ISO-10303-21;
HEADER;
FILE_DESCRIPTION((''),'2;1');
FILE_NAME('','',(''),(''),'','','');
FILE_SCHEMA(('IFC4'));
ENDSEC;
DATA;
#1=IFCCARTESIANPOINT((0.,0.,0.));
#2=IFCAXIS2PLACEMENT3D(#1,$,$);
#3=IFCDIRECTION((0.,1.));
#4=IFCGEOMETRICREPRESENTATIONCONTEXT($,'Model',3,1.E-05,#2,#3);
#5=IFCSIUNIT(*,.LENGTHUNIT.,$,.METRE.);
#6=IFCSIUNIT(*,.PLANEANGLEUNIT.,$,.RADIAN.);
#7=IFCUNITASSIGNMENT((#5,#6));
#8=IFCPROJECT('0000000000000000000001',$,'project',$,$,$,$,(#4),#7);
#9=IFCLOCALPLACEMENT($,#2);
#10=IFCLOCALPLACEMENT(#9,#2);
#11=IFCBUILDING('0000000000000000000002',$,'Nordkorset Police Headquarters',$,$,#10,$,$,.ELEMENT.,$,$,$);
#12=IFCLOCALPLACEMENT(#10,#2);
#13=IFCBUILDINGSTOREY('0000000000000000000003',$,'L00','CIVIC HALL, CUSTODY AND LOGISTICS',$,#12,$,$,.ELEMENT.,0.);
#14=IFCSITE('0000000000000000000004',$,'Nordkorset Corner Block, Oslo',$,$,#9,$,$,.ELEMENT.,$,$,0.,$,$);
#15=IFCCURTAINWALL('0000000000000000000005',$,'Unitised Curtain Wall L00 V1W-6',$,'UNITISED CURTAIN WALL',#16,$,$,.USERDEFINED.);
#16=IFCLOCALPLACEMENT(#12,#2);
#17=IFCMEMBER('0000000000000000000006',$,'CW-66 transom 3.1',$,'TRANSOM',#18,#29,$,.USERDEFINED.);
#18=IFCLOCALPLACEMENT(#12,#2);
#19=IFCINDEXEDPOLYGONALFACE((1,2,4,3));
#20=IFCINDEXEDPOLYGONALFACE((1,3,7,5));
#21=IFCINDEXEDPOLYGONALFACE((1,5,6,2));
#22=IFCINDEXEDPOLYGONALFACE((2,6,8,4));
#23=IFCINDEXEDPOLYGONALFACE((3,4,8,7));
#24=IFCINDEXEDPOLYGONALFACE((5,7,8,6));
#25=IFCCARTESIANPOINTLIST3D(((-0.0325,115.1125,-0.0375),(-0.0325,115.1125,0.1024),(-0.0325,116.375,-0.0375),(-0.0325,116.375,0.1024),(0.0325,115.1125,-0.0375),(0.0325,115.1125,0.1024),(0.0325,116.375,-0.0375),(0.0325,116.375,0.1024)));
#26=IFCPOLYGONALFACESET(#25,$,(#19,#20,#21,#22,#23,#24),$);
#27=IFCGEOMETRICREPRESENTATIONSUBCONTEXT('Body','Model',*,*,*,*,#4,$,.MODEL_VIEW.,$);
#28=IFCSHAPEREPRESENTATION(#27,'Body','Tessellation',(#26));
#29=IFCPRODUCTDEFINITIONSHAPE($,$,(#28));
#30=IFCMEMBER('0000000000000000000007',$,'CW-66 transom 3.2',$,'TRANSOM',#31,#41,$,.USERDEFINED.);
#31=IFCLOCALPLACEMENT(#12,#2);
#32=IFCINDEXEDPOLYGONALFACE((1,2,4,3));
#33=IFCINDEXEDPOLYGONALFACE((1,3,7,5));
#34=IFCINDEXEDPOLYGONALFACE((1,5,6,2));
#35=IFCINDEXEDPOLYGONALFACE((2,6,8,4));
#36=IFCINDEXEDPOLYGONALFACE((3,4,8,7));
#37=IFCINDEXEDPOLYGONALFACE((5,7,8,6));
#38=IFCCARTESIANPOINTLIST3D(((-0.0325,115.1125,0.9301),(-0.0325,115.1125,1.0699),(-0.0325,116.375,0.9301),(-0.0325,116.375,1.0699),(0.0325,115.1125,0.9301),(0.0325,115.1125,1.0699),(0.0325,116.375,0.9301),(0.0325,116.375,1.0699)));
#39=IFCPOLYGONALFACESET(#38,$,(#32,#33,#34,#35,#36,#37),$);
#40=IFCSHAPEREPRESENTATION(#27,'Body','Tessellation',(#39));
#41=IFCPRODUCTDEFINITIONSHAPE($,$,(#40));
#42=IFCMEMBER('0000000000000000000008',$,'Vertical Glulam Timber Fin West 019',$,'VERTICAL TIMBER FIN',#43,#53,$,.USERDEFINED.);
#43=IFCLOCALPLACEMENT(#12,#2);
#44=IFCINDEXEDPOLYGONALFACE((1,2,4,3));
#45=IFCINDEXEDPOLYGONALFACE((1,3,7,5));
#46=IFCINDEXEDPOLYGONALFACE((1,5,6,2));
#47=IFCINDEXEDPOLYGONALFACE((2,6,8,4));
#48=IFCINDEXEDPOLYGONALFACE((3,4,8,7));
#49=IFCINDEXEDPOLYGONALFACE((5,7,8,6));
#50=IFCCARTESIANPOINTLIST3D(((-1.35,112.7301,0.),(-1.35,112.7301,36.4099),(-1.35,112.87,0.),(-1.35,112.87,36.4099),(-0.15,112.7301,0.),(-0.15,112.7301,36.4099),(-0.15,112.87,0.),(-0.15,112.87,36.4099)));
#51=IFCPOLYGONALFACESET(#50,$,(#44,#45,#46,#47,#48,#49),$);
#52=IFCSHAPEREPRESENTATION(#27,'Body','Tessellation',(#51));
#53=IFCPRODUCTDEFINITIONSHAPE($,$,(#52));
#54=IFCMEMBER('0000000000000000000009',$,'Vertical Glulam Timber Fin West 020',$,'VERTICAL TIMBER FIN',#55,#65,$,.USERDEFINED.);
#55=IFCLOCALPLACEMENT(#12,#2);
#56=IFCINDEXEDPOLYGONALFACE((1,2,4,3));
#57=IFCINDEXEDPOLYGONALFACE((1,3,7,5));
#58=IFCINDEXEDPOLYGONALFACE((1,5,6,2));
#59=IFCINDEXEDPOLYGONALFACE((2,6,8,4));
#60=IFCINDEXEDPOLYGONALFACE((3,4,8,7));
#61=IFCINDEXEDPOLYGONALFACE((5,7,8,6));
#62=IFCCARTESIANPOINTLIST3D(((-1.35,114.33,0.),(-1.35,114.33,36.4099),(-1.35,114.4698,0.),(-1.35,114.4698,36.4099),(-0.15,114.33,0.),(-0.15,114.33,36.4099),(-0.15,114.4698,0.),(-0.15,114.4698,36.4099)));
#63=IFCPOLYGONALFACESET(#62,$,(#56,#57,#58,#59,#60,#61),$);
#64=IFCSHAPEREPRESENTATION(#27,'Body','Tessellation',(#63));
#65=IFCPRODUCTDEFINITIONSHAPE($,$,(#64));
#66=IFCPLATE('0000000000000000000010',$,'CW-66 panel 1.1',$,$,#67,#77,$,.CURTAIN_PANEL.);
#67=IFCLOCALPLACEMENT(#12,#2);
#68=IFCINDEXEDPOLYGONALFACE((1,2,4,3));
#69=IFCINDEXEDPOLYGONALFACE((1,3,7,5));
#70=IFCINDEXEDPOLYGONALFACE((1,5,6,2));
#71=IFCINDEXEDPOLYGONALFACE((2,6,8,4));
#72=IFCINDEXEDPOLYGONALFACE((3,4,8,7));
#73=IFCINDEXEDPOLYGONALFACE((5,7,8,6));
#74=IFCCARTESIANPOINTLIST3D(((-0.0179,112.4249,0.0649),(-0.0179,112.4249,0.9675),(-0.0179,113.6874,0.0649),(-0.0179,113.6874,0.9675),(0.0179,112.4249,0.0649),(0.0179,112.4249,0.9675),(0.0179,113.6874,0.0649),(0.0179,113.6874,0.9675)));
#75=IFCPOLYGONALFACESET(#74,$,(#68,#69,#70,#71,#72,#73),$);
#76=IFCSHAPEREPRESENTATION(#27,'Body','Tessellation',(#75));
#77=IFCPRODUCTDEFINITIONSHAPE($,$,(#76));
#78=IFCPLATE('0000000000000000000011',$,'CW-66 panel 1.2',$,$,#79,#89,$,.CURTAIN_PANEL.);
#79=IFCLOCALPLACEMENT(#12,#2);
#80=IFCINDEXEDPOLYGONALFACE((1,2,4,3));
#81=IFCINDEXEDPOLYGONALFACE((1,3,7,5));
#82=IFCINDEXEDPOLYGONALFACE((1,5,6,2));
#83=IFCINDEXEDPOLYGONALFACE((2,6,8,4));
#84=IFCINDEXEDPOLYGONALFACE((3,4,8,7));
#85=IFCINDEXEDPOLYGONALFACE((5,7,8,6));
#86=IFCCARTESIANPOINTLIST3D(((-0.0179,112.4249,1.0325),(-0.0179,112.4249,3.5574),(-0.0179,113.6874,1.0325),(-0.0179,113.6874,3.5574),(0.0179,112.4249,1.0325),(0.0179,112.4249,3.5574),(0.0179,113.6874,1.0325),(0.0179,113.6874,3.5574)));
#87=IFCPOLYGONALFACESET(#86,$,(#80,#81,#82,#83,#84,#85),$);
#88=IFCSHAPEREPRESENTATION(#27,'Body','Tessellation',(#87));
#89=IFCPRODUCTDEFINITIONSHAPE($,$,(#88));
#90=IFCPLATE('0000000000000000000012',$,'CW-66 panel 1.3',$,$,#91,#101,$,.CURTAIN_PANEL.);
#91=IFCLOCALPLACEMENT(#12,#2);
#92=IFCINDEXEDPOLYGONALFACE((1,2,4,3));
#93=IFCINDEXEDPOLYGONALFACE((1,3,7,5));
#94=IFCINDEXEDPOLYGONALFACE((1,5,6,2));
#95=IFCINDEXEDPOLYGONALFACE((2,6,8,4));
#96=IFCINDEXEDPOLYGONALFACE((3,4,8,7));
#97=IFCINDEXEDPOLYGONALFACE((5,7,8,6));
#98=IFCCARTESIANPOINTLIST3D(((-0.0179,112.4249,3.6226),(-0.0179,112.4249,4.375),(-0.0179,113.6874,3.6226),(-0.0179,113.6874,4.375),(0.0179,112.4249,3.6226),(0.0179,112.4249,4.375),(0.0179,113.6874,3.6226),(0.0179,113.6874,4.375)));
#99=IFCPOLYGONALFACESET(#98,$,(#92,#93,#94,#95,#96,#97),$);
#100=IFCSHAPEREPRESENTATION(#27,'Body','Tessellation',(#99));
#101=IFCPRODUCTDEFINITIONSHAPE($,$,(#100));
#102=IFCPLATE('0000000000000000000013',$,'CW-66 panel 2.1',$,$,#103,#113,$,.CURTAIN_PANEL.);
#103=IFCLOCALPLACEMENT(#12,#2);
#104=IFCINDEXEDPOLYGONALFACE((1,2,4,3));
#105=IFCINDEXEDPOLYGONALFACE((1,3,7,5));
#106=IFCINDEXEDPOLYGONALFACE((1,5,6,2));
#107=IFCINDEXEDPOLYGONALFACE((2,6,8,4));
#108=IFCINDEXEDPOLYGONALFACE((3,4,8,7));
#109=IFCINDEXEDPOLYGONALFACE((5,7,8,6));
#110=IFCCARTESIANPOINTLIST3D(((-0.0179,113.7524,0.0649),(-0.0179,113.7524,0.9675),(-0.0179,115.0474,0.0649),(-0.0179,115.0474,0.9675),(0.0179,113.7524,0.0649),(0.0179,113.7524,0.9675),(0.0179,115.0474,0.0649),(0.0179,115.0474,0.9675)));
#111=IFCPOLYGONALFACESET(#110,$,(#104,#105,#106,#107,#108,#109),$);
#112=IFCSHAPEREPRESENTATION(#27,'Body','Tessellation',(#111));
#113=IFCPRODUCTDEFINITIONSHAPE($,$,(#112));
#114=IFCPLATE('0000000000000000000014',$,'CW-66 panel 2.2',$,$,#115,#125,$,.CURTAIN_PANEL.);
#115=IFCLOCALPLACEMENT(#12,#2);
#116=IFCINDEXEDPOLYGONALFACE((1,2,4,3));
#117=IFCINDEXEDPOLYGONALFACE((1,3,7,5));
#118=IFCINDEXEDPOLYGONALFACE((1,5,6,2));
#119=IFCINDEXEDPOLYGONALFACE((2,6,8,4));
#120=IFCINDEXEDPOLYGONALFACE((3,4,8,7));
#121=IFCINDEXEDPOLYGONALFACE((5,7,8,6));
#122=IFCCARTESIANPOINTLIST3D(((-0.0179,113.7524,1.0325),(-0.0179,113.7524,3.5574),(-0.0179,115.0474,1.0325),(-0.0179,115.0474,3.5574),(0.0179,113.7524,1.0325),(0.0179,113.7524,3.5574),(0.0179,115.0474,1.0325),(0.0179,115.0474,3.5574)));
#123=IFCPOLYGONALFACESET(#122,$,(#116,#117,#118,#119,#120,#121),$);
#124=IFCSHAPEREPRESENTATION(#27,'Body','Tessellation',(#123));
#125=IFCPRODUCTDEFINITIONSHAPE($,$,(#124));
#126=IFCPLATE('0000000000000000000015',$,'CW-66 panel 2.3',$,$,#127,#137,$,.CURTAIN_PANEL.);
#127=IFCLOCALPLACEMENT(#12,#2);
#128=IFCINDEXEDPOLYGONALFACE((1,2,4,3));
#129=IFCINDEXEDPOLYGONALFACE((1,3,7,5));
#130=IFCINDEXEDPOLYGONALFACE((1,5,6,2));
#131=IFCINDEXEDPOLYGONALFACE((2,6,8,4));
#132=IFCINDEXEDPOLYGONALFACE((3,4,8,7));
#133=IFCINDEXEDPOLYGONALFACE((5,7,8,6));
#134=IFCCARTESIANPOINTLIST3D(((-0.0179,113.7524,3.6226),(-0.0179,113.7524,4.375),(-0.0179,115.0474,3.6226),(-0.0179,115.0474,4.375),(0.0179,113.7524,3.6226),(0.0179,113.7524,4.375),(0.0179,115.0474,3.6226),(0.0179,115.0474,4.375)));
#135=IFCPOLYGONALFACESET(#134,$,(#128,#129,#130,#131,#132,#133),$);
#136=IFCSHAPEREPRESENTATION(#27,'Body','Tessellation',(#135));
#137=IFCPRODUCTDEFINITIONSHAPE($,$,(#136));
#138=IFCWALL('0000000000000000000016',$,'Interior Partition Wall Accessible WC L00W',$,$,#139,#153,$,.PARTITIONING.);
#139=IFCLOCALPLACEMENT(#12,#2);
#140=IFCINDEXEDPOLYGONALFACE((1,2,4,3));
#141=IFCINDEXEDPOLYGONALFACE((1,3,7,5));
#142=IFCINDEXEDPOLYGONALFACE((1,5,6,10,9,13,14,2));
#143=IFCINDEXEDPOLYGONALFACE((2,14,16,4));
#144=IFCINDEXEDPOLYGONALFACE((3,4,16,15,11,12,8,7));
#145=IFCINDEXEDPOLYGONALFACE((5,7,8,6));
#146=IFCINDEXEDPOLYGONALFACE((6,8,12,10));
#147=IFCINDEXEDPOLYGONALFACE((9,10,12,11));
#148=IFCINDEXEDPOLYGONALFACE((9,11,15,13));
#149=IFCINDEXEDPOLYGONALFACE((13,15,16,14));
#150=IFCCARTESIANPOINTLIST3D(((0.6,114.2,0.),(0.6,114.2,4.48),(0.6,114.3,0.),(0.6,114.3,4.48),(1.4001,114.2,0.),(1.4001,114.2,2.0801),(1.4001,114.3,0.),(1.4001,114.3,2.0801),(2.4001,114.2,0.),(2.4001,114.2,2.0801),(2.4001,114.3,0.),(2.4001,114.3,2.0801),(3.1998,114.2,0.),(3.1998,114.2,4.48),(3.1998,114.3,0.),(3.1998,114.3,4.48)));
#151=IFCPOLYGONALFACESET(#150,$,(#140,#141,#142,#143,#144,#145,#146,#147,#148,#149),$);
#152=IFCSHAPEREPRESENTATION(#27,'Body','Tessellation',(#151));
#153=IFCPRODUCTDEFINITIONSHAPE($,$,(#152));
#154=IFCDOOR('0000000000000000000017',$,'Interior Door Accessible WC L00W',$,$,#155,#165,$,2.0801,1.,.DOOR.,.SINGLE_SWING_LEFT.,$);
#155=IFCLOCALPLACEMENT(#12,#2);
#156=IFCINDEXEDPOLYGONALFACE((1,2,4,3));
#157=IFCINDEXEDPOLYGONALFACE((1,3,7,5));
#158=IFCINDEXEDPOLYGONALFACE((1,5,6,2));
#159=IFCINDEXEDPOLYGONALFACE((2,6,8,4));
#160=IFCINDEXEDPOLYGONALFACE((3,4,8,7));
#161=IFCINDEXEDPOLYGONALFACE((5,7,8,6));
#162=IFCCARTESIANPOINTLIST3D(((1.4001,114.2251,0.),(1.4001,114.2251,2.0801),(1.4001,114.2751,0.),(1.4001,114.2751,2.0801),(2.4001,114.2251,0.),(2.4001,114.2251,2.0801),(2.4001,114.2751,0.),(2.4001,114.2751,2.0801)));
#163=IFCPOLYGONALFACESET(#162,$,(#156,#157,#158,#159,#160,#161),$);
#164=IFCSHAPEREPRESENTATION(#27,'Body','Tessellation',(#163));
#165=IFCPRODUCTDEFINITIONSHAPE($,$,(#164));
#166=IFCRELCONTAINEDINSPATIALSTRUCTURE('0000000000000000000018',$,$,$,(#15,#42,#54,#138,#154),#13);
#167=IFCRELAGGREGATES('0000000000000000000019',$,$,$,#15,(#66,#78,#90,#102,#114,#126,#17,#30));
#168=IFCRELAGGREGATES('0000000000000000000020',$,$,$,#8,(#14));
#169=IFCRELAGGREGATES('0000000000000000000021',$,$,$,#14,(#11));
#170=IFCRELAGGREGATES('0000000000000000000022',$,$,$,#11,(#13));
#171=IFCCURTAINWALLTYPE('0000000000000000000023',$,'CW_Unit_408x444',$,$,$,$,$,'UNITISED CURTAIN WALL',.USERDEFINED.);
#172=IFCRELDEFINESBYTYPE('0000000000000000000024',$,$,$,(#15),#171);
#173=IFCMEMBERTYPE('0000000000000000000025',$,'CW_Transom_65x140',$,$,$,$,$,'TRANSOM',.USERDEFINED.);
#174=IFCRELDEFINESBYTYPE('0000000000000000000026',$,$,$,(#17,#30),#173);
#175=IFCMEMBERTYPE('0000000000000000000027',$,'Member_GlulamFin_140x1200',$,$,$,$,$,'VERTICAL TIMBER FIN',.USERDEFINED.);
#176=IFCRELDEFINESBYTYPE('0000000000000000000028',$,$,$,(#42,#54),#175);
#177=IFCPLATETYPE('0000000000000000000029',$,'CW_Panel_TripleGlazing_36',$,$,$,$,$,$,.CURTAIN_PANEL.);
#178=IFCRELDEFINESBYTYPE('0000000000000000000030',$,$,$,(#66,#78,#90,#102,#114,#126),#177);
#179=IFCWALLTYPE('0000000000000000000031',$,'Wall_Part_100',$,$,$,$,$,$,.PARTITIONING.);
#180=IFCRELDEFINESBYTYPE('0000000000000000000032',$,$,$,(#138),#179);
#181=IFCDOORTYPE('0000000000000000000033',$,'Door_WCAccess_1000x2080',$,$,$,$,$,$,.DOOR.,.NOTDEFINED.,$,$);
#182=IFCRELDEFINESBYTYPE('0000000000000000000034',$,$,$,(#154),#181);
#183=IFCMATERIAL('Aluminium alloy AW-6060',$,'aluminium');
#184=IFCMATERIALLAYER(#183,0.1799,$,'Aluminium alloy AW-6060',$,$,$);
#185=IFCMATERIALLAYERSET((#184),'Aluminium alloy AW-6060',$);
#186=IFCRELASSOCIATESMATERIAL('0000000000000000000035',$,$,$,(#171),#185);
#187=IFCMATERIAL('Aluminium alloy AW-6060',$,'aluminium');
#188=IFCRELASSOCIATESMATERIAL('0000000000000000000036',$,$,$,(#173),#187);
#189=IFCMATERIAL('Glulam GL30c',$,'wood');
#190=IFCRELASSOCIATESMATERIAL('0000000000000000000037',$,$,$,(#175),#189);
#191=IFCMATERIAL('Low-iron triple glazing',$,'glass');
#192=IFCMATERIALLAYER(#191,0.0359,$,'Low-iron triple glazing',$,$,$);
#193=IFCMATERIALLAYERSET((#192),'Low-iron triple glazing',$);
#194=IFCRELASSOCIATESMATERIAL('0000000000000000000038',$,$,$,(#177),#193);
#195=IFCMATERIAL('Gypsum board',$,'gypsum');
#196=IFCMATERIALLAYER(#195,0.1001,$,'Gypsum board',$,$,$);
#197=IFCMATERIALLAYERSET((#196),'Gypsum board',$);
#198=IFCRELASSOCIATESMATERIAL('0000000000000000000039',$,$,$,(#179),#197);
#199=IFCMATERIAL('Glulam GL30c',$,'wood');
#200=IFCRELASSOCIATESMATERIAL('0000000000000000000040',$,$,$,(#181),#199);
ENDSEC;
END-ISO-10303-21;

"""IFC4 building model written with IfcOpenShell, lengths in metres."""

from ifc_helpers import new_model, si_unit, direction, frame, frame_2d, origin, origin_2d, place, context, subcontext, project, spatial, rectangle, extrude, material, layer, layer_set, material_profile, profile_set, type_object, element, fill, aggregate, save


model = new_model("IFC4")

# Units and contexts
model_context = context("Model", 3, precision=1e-05, world=origin(), true_north=direction((0.0, 1.0)))
body_context = subcontext(model_context, "Body", "Model", "MODEL_VIEW")
ifc_project = project(units=[si_unit("LENGTHUNIT", "METRE"), si_unit("PLANEANGLEUNIT", "RADIAN")], contexts=[model_context])

# Site, building, storey
site_placement = place(None, origin())
site = spatial("IfcSite", under=ifc_project, at=site_placement, Name="Nordkorset Corner Block, Oslo", CompositionType="ELEMENT", RefElevation=0.0)
building_placement = place(site_placement, origin())
building = spatial("IfcBuilding", under=site, at=building_placement, Name="Nordkorset Police Headquarters", CompositionType="ELEMENT")
storey_placement = place(building_placement, origin())
storey = spatial("IfcBuildingStorey", under=building, at=storey_placement, Name="L00", Description="CIVIC HALL, CUSTODY AND LOGISTICS", CompositionType="ELEMENT", Elevation=0.0)

# Curtain wall, members
ifc_material_1 = material(Name="Aluminium alloy AW-6060", Category="aluminium")
ifc_layer_1 = layer(ifc_material_1, 0.1799, Name="Aluminium alloy AW-6060")
ifc_layer_set_1 = layer_set([ifc_layer_1], Name="Aluminium alloy AW-6060")
curtain_wall_type = type_object("IfcCurtainWallType", Name="CW_Unit_408x444", ElementType="UNITISED CURTAIN WALL", PredefinedType="USERDEFINED", material=ifc_layer_set_1)
curtain_wall_placement = place(storey_placement, origin())
curtain_wall = element("IfcCurtainWall", 1, at=curtain_wall_placement, inside=storey, type_object=curtain_wall_type, Name="Unitised Curtain Wall L00 V1W-6", ObjectType="UNITISED CURTAIN WALL", PredefinedType="USERDEFINED")
ifc_material_2 = material(Name="Aluminium alloy AW-6060", Category="aluminium")
ifc_material_profile_1 = material_profile(ifc_material_2, rectangle(XDim=0.0649, YDim=0.1399, at=origin_2d()), Name="ALU TRAN 65x140")
ifc_profile_set_1 = profile_set([ifc_material_profile_1], Name="Aluminium alloy AW-6060")
member_type_1 = type_object("IfcMemberType", Name="CW_Transom_65x140", ElementType="TRANSOM", PredefinedType="USERDEFINED", material=ifc_profile_set_1)
member_1_placement = place(storey_placement, frame((0.0, 115.1125, 0.0325), z_axis=(0.0, 1.0, 0.0), x_axis=(-1.0, 0.0, 0.0)))
member_1 = element("IfcMember", 2, at=member_1_placement, type_object=member_type_1, Name="CW-66 transom 3.1", ObjectType="TRANSOM", PredefinedType="USERDEFINED", context=body_context, shape_type="SweptSolid", body=[
    extrude(rectangle(XDim=0.0649, YDim=0.1399, at=origin_2d()), origin(), (0.0, 0.0, 1.0), 1.2625),
])
member_2_placement = place(storey_placement, frame((0.0, 115.1125, 1.0), z_axis=(0.0, 1.0, 0.0), x_axis=(-1.0, 0.0, 0.0)))
member_2 = element("IfcMember", 3, at=member_2_placement, type_object=member_type_1, Name="CW-66 transom 3.2", ObjectType="TRANSOM", PredefinedType="USERDEFINED", context=body_context, shape_type="SweptSolid", body=[
    extrude(rectangle(XDim=0.0649, YDim=0.1399, at=origin_2d()), origin(), (0.0, 0.0, 1.0), 1.2625),
])

# Members
ifc_material_3 = material(Name="Glulam GL30c", Category="wood")
ifc_material_profile_2 = material_profile(ifc_material_3, rectangle(XDim=0.1399, YDim=1.2, at=origin_2d()), Name="GL30C FIN 140x1200")
ifc_profile_set_2 = profile_set([ifc_material_profile_2], Name="Glulam GL30c")
member_type_2 = type_object("IfcMemberType", Name="Member_GlulamFin_140x1200", ElementType="VERTICAL TIMBER FIN", PredefinedType="USERDEFINED", material=ifc_profile_set_2)
for number, where, z_axis, x_axis, name in (
    (4, (-0.75, 112.8, 0.0), (0.0, 0.0, 1.0), (0.0, 1.0, 0.0), "Vertical Glulam Timber Fin West 019"),
    (5, (-0.75, 114.3999, 0.0), (0.0, 0.0, 1.0), (0.0, 1.0, 0.0), "Vertical Glulam Timber Fin West 020"),
):
    element("IfcMember", number, at=place(storey_placement, frame(where, z_axis=z_axis, x_axis=x_axis)), inside=storey, type_object=member_type_2, Name=name, ObjectType="VERTICAL TIMBER FIN", PredefinedType="USERDEFINED", context=body_context, shape_type="SweptSolid", body=[
        extrude(rectangle(XDim=0.1399, YDim=1.2, at=origin_2d()), origin(), (0.0, 0.0, 1.0), 36.4099),
    ])

# Plates
ifc_material_4 = material(Name="Low-iron triple glazing", Category="glass")
ifc_layer_2 = layer(ifc_material_4, 0.0359, Name="Low-iron triple glazing")
ifc_layer_set_2 = layer_set([ifc_layer_2], Name="Low-iron triple glazing")
plate_type = type_object("IfcPlateType", Name="CW_Panel_TripleGlazing_36", PredefinedType="CURTAIN_PANEL", material=ifc_layer_set_2)
plate_1_placement = place(storey_placement, frame((0.0, 113.0562, 0.0649), z_axis=(0.0, 0.0, 1.0), x_axis=(0.0, 1.0, 0.0)))
plate_1 = element("IfcPlate", 6, at=plate_1_placement, type_object=plate_type, Name="CW-66 panel 1.1", PredefinedType="CURTAIN_PANEL", context=body_context, shape_type="SweptSolid", body=[
    extrude(rectangle(XDim=1.2625, YDim=0.0359, at=origin_2d()), origin(), (0.0, 0.0, 1.0), 0.9026),
])
plate_2_placement = place(storey_placement, frame((0.0, 113.0562, 1.0325), z_axis=(0.0, 0.0, 1.0), x_axis=(0.0, 1.0, 0.0)))
plate_2 = element("IfcPlate", 7, at=plate_2_placement, type_object=plate_type, Name="CW-66 panel 1.2", PredefinedType="CURTAIN_PANEL", context=body_context, shape_type="SweptSolid", body=[
    extrude(rectangle(XDim=1.2625, YDim=0.0359, at=origin_2d()), origin(), (0.0, 0.0, 1.0), 2.5249),
])
plate_3_placement = place(storey_placement, frame((0.0, 113.0562, 3.6226), z_axis=(0.0, 0.0, 1.0), x_axis=(0.0, 1.0, 0.0)))
plate_3 = element("IfcPlate", 8, at=plate_3_placement, type_object=plate_type, Name="CW-66 panel 1.3", PredefinedType="CURTAIN_PANEL", context=body_context, shape_type="SweptSolid", body=[
    extrude(rectangle(XDim=1.2625, YDim=0.0359, at=origin_2d()), origin(), (0.0, 0.0, 1.0), 0.7524),
])
plate_4_placement = place(storey_placement, frame((0.0, 114.3999, 0.0649), z_axis=(0.0, 0.0, 1.0), x_axis=(0.0, 1.0, 0.0)))
plate_4 = element("IfcPlate", 9, at=plate_4_placement, type_object=plate_type, Name="CW-66 panel 2.1", PredefinedType="CURTAIN_PANEL", context=body_context, shape_type="SweptSolid", body=[
    extrude(rectangle(XDim=1.2949, YDim=0.0359, at=origin_2d()), origin(), (0.0, 0.0, 1.0), 0.9026),
])
plate_5_placement = place(storey_placement, frame((0.0, 114.3999, 1.0325), z_axis=(0.0, 0.0, 1.0), x_axis=(0.0, 1.0, 0.0)))
plate_5 = element("IfcPlate", 10, at=plate_5_placement, type_object=plate_type, Name="CW-66 panel 2.2", PredefinedType="CURTAIN_PANEL", context=body_context, shape_type="SweptSolid", body=[
    extrude(rectangle(XDim=1.2949, YDim=0.0359, at=origin_2d()), origin(), (0.0, 0.0, 1.0), 2.5249),
])
plate_6_placement = place(storey_placement, frame((0.0, 114.3999, 3.6226), z_axis=(0.0, 0.0, 1.0), x_axis=(0.0, 1.0, 0.0)))
plate_6 = element("IfcPlate", 11, at=plate_6_placement, type_object=plate_type, Name="CW-66 panel 2.3", PredefinedType="CURTAIN_PANEL", context=body_context, shape_type="SweptSolid", body=[
    extrude(rectangle(XDim=1.2949, YDim=0.0359, at=origin_2d()), origin(), (0.0, 0.0, 1.0), 0.7524),
])
aggregate(curtain_wall, [plate_1, plate_2, plate_3, plate_4, plate_5, plate_6, member_1, member_2])

# Wall, opening, door
ifc_material_5 = material(Name="Gypsum board", Category="gypsum")
ifc_layer_3 = layer(ifc_material_5, 0.1001, Name="Gypsum board")
ifc_layer_set_3 = layer_set([ifc_layer_3], Name="Gypsum board")
wall_type = type_object("IfcWallType", Name="Wall_Part_100", PredefinedType="PARTITIONING", material=ifc_layer_set_3)
wall_placement = place(storey_placement, frame((0.6001, 114.25, 0.0), z_axis=(0.0, 0.0, 1.0), x_axis=(1.0, 0.0, 0.0)))
wall = element("IfcWall", 12, at=wall_placement, inside=storey, type_object=wall_type, Name="Interior Partition Wall Accessible WC L00W", PredefinedType="PARTITIONING", context=body_context, shape_type="SweptSolid", body=[
    extrude(rectangle(XDim=2.5999, YDim=0.1001, at=frame_2d((1.2998, 0.0))), origin(), (0.0, 0.0, 1.0), 4.48),
])
opening_placement = place(wall_placement, frame((0.8, 0.0, 0.0)))
opening = element("IfcOpeningElement", 13, at=opening_placement, cuts=wall, PredefinedType="OPENING", context=body_context, shape_type="SweptSolid", body=[
    extrude(rectangle(XDim=1.0, YDim=2.0801, at=frame_2d((0.5, 1.04))), frame((0.0, 0.0601, 0.0), z_axis=(0.0, -1.0, 0.0), x_axis=(1.0, 0.0, 0.0)), (0.0, 0.0, 1.0), 0.1201),
])
ifc_material_6 = material(Name="Glulam GL30c", Category="wood")
door_type = type_object("IfcDoorType", Name="Door_WCAccess_1000x2080", OperationType="NOTDEFINED", PredefinedType="DOOR", material=ifc_material_6)
door_placement = place(opening_placement, frame((1.0, 0.0, 0.0), z_axis=(0.0, 0.0, 1.0), x_axis=(-1.0, 0.0, 0.0)))
door = element("IfcDoor", 14, at=door_placement, inside=storey, type_object=door_type, Name="Interior Door Accessible WC L00W", OperationType="SINGLE_SWING_LEFT", OverallHeight=2.0801, OverallWidth=1.0, PredefinedType="DOOR", context=body_context, shape_type="SweptSolid", body=[
    extrude(rectangle(XDim=1.0, YDim=2.0801, at=frame_2d((0.5, 1.04))), frame((0.0, 0.0249, 0.0), z_axis=(0.0, -1.0, 0.0), x_axis=(1.0, 0.0, 0.0)), (0.0, 0.0, 1.0), 0.05),
])
fill(opening, door)

save(model, "model.ifc")
